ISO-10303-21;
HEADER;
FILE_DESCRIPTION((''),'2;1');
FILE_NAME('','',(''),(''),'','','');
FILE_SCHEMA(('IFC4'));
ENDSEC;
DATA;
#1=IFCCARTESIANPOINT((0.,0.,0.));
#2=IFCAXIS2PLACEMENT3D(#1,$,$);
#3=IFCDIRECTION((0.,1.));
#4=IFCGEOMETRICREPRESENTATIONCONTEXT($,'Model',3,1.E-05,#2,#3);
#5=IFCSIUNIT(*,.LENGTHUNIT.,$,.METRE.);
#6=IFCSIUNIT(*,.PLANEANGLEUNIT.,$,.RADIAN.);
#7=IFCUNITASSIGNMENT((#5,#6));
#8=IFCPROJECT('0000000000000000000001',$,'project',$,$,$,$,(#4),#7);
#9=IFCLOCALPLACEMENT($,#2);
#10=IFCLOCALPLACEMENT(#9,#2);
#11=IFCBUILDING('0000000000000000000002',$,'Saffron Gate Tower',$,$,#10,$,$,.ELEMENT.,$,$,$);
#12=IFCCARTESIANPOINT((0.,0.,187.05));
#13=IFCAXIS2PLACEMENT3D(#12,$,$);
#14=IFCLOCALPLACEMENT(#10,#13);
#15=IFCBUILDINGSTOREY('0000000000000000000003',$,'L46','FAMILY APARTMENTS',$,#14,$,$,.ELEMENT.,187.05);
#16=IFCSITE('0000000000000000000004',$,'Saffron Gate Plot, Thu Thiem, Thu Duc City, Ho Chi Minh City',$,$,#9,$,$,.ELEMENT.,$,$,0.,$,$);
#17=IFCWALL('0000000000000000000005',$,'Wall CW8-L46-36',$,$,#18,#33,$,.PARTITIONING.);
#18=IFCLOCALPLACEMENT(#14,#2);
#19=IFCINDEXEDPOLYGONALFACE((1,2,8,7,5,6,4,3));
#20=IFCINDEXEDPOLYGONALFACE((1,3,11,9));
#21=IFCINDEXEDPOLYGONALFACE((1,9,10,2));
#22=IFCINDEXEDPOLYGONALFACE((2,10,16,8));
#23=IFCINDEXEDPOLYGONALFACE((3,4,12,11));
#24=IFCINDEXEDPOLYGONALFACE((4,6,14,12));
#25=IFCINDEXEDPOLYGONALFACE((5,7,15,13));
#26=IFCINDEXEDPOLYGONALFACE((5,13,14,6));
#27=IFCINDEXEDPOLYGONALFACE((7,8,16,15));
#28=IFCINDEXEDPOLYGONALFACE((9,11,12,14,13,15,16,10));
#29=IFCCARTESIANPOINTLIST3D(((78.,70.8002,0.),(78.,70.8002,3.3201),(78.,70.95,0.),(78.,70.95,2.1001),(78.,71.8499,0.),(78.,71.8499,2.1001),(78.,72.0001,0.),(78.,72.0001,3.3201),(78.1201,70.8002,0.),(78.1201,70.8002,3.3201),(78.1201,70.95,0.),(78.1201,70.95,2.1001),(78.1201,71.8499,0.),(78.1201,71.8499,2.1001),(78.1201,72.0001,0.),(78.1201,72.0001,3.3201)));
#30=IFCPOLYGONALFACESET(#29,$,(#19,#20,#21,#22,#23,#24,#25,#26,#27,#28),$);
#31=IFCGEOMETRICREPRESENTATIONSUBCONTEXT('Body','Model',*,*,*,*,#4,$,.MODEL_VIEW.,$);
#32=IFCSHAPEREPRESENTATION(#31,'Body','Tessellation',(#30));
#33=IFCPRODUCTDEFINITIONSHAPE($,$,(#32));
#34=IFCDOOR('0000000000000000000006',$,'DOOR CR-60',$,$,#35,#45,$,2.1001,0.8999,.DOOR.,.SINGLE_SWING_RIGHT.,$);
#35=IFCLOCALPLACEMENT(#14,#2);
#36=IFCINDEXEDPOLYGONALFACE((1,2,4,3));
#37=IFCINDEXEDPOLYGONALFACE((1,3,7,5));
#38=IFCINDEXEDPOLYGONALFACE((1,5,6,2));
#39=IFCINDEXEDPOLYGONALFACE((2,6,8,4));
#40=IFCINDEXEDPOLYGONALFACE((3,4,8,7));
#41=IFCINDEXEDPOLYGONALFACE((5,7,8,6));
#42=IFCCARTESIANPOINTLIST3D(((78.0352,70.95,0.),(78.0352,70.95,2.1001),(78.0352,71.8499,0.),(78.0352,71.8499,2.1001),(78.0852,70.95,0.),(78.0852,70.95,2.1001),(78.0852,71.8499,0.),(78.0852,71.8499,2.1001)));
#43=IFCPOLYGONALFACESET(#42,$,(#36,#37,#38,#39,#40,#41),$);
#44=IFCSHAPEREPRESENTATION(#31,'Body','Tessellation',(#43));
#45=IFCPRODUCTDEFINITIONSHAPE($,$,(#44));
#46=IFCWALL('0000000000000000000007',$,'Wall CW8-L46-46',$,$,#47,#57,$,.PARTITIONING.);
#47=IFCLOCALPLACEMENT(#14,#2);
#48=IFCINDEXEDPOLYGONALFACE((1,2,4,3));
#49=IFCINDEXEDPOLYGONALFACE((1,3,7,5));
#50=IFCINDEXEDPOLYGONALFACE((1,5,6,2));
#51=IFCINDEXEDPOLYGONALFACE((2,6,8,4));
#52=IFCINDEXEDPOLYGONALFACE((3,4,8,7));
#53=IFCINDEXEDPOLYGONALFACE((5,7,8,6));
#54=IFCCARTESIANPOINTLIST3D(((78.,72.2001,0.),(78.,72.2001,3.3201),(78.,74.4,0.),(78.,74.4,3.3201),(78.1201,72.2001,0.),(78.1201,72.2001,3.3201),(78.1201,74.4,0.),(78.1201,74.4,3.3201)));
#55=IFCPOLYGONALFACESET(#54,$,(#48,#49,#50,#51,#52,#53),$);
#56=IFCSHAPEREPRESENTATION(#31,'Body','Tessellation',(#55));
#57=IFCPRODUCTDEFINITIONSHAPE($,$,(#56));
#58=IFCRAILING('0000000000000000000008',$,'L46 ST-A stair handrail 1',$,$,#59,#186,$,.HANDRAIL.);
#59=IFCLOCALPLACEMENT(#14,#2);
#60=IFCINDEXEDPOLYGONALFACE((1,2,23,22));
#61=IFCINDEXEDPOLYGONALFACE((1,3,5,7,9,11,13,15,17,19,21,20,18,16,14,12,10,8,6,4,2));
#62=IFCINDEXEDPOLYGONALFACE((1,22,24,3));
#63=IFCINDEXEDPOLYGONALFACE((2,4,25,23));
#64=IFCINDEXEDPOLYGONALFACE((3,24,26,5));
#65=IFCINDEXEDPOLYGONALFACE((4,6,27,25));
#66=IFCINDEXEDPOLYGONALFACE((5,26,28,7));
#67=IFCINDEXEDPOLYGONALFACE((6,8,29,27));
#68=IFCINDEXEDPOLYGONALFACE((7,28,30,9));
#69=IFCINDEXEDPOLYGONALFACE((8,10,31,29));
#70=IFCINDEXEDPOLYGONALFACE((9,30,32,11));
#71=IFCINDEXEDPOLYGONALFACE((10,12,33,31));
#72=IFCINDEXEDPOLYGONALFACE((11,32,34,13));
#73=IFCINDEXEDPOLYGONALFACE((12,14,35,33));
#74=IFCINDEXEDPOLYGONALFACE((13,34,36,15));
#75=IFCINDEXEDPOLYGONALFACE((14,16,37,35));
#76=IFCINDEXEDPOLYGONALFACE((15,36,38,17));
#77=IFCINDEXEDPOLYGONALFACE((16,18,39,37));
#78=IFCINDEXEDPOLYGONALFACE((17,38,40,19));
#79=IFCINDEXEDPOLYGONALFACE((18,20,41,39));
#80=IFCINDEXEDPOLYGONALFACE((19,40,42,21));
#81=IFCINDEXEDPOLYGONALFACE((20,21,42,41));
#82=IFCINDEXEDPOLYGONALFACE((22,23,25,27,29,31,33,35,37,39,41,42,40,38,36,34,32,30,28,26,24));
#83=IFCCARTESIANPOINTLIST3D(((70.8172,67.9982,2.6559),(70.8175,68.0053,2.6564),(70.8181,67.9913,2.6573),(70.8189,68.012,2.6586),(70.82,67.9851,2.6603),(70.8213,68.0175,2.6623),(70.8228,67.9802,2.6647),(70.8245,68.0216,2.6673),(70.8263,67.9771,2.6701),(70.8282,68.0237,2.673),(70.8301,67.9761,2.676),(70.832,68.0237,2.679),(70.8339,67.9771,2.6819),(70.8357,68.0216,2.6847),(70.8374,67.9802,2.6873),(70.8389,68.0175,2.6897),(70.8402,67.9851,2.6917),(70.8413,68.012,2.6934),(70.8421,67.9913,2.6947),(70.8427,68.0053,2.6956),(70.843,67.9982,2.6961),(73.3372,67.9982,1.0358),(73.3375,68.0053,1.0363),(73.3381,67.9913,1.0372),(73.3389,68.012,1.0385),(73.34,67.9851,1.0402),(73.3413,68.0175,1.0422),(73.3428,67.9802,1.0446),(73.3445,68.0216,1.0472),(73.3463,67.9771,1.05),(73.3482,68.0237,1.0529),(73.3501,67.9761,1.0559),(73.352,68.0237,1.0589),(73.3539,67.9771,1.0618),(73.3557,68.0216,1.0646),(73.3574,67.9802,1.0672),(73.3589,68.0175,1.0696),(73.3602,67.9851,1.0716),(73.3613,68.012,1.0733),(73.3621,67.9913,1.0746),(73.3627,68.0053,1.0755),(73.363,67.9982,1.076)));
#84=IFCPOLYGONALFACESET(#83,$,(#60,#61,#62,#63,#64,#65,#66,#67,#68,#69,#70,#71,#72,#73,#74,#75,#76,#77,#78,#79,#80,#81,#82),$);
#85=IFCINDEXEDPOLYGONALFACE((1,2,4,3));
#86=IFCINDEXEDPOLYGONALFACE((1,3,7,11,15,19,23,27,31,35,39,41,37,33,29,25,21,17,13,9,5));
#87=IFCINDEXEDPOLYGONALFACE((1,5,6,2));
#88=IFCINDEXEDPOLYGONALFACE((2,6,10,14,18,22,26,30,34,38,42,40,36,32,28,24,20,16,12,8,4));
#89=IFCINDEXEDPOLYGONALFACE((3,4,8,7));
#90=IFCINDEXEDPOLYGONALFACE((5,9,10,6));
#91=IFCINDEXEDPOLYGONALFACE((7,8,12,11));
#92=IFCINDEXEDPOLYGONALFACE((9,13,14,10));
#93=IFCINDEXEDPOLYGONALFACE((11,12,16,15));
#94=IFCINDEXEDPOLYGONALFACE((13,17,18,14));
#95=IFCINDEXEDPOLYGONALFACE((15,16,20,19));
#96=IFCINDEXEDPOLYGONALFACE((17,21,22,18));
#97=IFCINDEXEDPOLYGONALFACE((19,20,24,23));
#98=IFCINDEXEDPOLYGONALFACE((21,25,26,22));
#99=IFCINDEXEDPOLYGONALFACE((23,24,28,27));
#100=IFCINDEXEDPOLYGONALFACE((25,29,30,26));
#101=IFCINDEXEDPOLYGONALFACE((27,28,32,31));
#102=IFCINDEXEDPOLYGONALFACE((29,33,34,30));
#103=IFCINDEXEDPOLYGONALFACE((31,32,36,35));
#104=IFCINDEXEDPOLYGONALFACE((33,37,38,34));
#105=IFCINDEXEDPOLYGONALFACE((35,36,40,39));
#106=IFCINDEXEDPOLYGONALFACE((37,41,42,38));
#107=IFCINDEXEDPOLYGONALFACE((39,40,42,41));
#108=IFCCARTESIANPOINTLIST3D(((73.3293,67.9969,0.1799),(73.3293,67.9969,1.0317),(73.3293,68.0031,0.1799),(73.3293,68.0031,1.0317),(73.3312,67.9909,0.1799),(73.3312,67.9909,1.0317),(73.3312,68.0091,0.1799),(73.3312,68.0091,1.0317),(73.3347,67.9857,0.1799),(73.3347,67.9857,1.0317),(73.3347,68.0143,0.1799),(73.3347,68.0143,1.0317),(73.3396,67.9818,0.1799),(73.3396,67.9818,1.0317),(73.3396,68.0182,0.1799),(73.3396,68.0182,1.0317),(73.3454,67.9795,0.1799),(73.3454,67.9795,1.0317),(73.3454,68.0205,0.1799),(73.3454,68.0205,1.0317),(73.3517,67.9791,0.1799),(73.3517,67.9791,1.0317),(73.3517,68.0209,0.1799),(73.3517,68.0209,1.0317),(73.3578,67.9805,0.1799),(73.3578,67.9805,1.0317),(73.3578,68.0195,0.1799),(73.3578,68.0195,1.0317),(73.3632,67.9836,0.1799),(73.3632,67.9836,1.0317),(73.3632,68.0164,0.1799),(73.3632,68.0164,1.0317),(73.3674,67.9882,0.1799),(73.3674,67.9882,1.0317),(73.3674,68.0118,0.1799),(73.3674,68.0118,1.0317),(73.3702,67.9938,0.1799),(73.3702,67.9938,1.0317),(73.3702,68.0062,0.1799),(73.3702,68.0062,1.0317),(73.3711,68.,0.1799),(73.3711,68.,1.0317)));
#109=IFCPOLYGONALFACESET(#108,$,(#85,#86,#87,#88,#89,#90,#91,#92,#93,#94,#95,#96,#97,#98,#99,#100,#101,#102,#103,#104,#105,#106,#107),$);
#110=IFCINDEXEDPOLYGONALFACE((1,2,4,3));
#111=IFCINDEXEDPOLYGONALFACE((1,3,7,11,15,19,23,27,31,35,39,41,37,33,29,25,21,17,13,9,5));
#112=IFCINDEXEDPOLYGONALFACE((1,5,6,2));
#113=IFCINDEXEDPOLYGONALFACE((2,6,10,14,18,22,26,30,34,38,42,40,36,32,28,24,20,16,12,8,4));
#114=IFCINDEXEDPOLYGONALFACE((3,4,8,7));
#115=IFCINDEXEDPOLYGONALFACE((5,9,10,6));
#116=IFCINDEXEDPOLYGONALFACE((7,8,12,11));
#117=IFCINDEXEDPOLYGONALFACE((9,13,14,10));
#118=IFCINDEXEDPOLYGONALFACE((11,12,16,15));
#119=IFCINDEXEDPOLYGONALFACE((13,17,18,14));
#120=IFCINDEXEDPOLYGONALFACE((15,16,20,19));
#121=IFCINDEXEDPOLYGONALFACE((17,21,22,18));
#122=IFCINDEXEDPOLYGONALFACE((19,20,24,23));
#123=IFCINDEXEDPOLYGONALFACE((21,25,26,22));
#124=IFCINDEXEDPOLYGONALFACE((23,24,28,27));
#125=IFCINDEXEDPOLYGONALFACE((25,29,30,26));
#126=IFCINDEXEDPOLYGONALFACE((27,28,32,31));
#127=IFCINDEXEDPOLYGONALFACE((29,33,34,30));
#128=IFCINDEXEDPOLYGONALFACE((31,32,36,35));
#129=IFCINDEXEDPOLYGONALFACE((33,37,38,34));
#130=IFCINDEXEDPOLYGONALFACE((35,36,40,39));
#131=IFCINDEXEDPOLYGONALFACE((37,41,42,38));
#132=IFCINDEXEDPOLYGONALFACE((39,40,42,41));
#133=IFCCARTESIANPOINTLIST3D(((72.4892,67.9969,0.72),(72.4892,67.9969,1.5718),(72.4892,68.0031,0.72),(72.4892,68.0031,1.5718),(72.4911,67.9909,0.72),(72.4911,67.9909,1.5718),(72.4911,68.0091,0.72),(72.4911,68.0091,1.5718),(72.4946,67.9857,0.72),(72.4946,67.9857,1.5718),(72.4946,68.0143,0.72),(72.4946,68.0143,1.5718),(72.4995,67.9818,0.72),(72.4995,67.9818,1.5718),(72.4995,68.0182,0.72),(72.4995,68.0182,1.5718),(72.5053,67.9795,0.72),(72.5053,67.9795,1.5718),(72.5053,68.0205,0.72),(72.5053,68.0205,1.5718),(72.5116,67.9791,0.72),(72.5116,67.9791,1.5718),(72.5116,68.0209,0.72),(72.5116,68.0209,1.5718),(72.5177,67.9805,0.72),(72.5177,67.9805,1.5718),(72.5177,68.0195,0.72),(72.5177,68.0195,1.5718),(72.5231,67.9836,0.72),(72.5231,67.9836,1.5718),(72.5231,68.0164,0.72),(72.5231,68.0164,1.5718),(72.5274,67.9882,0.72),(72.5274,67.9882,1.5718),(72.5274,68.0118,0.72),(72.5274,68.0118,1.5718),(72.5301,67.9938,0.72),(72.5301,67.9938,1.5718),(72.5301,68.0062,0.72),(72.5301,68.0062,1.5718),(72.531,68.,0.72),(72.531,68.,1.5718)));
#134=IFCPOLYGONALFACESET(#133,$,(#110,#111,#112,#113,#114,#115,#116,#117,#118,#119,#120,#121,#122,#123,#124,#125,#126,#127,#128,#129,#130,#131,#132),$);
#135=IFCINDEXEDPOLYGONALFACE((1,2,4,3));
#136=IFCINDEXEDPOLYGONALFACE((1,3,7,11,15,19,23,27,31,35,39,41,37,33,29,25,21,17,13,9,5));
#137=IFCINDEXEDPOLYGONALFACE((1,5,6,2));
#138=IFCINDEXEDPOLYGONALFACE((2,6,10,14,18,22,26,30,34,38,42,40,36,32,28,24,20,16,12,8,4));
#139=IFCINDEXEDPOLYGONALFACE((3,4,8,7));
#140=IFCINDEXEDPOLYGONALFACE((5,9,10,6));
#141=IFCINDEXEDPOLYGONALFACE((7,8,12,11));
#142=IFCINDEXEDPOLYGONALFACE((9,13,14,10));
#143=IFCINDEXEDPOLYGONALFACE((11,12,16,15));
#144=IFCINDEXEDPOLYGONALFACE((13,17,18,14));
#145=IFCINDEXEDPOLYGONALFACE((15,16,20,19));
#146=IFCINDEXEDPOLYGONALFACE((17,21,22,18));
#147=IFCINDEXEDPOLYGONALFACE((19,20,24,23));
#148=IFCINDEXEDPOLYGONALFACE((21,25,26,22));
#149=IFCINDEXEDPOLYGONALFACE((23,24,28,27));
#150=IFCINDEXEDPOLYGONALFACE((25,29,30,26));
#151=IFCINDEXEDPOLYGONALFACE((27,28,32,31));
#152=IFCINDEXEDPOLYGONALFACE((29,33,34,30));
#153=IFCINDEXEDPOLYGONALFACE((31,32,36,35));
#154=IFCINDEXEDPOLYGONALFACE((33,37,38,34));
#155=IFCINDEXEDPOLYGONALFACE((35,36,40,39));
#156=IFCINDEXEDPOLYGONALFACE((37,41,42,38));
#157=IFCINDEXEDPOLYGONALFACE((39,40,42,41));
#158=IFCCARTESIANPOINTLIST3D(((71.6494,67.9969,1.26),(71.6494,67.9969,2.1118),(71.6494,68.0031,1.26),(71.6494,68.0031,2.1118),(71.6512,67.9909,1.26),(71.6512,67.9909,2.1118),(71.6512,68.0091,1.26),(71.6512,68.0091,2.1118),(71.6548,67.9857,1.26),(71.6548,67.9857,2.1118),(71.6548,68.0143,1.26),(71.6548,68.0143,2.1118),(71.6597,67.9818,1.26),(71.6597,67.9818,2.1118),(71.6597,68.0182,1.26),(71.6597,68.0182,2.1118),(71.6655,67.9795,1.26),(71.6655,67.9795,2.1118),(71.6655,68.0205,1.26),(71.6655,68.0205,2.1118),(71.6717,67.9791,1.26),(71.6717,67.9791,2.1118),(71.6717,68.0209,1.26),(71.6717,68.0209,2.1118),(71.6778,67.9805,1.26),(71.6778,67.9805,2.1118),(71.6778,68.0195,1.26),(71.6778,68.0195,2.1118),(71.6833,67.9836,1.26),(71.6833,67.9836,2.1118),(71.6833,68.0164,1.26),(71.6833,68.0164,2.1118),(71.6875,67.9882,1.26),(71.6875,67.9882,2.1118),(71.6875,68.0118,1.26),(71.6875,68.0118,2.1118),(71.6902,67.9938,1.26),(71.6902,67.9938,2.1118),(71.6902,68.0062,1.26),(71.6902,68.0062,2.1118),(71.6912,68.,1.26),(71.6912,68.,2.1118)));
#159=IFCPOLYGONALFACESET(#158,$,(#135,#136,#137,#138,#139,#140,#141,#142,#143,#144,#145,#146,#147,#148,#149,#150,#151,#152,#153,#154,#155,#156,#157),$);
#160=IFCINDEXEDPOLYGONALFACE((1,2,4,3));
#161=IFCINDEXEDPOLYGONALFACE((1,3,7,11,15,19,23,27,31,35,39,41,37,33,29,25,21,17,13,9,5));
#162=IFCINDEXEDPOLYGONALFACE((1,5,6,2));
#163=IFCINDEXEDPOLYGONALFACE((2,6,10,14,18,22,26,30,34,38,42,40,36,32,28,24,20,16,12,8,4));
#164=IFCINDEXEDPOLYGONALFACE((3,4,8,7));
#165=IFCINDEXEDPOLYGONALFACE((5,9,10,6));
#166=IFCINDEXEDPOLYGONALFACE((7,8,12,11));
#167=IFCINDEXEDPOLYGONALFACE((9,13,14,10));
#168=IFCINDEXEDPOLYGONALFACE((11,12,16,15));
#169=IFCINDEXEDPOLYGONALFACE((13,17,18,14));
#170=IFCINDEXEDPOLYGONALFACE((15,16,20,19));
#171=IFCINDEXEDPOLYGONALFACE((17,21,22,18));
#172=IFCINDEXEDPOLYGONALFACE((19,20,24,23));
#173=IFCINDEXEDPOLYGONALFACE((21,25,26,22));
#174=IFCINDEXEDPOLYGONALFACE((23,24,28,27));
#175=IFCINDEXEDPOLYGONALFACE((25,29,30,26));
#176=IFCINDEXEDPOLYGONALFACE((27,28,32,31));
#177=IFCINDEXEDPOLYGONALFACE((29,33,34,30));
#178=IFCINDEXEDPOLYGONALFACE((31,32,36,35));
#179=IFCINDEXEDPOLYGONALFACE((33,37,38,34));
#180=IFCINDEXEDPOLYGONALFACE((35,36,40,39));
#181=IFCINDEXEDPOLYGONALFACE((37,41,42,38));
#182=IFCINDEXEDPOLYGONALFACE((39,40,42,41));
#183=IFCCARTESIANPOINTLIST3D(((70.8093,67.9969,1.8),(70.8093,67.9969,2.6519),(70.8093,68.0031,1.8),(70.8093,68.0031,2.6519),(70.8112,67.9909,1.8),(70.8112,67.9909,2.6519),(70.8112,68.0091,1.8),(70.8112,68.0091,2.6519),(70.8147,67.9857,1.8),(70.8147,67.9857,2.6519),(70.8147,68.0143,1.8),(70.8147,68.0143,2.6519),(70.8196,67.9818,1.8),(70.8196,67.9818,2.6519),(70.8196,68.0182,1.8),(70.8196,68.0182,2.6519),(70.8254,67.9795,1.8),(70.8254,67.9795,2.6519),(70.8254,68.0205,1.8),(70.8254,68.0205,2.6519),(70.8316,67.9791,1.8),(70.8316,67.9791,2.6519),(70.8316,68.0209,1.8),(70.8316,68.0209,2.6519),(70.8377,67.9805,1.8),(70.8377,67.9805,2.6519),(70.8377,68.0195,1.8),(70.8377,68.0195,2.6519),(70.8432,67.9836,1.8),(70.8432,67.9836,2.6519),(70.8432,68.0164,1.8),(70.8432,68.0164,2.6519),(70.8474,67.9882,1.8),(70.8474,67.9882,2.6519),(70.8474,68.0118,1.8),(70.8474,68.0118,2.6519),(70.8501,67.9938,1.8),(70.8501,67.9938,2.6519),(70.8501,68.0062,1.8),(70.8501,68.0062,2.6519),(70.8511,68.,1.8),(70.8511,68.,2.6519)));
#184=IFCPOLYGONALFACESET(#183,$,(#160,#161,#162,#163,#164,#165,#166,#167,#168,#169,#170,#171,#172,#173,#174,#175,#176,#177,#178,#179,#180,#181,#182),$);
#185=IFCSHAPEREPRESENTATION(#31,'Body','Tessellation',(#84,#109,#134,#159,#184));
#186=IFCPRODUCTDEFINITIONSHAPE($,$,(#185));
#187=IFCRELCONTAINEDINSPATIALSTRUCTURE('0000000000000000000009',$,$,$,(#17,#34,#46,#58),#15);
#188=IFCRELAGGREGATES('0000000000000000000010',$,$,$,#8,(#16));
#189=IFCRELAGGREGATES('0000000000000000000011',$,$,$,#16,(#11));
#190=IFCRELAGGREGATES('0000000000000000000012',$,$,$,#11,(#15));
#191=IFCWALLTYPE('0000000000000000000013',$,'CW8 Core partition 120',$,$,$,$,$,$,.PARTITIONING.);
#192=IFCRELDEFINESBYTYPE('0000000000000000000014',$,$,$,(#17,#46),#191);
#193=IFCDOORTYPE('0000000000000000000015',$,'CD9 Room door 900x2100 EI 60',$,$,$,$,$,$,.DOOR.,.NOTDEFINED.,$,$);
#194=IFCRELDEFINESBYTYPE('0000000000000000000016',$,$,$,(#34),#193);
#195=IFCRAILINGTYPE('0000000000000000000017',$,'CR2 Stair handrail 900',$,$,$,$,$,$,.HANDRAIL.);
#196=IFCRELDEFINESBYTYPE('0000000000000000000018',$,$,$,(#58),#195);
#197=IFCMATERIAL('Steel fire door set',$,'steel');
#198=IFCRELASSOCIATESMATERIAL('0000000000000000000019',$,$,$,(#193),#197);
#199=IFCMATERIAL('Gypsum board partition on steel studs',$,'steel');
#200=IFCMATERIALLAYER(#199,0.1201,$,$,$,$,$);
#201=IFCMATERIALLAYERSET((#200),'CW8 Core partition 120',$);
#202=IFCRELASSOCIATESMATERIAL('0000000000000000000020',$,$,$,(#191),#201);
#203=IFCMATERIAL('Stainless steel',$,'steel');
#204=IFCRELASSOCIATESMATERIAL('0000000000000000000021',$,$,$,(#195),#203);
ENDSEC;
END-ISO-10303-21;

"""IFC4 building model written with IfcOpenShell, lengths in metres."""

from ifc_helpers import new_model, si_unit, direction, frame, frame_2d, origin, origin_2d, place, context, subcontext, project, spatial, rectangle, circle, extrude, material, layer, layer_set, type_object, element, fill, save


model = new_model("IFC4")

# Units and contexts
model_context = context("Model", 3, precision=1e-05, world=origin(), true_north=direction((0.0, 1.0)))
body_context = subcontext(model_context, "Body", "Model", "MODEL_VIEW")
ifc_project = project(units=[si_unit("LENGTHUNIT", "METRE"), si_unit("PLANEANGLEUNIT", "RADIAN")], contexts=[model_context])

# Site, building, storey
site_placement = place(None, origin())
site = spatial("IfcSite", under=ifc_project, at=site_placement, Name="Saffron Gate Plot, Thu Thiem, Thu Duc City, Ho Chi Minh City", CompositionType="ELEMENT", RefElevation=0.0)
building_placement = place(site_placement, origin())
building = spatial("IfcBuilding", under=site, at=building_placement, Name="Saffron Gate Tower", CompositionType="ELEMENT")
storey_placement = place(building_placement, frame((0.0, 0.0, 187.05)))
storey = spatial("IfcBuildingStorey", under=building, at=storey_placement, Name="L46", Description="FAMILY APARTMENTS", CompositionType="ELEMENT", Elevation=187.05)

# Shared definitions
ifc_material_1 = material(Name="Steel fire door set", Category="steel")
door_type_1 = type_object("IfcDoorType", Name="CD9 Room door 900x2100 EI 60", OperationType="NOTDEFINED", PredefinedType="DOOR", material=ifc_material_1)

# Shared definitions
ifc_material_2 = material(Name="Gypsum board partition on steel studs", Category="steel")
ifc_layer_1 = layer(ifc_material_2, 0.1201)
ifc_layer_set_1 = layer_set([ifc_layer_1], Name="CW8 Core partition 120")
wall_type_1 = type_object("IfcWallType", Name="CW8 Core partition 120", PredefinedType="PARTITIONING", material=ifc_layer_set_1)

# Wall, opening, door
wall_1_placement = place(storey_placement, frame((78.0601, 70.8, 0.0), z_axis=(0.0, 0.0, 1.0), x_axis=(0.0, 1.0, 0.0)))
wall_1 = element("IfcWall", 1, at=wall_1_placement, inside=storey, type_object=wall_type_1, Name="Wall CW8-L46-36", PredefinedType="PARTITIONING", context=body_context, shape_type="SweptSolid", body=[
    extrude(rectangle(XDim=1.2, YDim=0.1201, at=frame_2d((0.6001, 0.0))), origin(), (0.0, 0.0, 1.0), 3.3201),
])
opening_1_placement = place(wall_1_placement, frame((0.1499, 0.0, 0.0)))
opening_1 = element("IfcOpeningElement", 2, at=opening_1_placement, cuts=wall_1, PredefinedType="OPENING", context=body_context, shape_type="SweptSolid", body=[
    extrude(rectangle(XDim=0.8999, YDim=2.1001, at=frame_2d((0.45, 1.05))), frame((0.0, 0.0701, 0.0), z_axis=(0.0, -1.0, 0.0), x_axis=(1.0, 0.0, 0.0)), (0.0, 0.0, 1.0), 0.1401),
])
door_1_placement = place(opening_1_placement, origin())
door_1 = element("IfcDoor", 3, at=door_1_placement, inside=storey, type_object=door_type_1, Name="DOOR CR-60", OperationType="SINGLE_SWING_RIGHT", OverallHeight=2.1001, OverallWidth=0.8999, PredefinedType="DOOR", context=body_context, shape_type="SweptSolid", body=[
    extrude(rectangle(XDim=0.8999, YDim=2.1001, at=frame_2d((0.45, 1.05))), frame((0.0, 0.0249, 0.0), z_axis=(0.0, -1.0, 0.0), x_axis=(1.0, 0.0, 0.0)), (0.0, 0.0, 1.0), 0.05),
])
fill(opening_1, door_1)

# Wall
wall_2_placement = place(storey_placement, frame((78.0601, 72.2, 0.0), z_axis=(0.0, 0.0, 1.0), x_axis=(0.0, 1.0, 0.0)))
element("IfcWall", 4, at=wall_2_placement, inside=storey, type_object=wall_type_1, Name="Wall CW8-L46-46", PredefinedType="PARTITIONING", context=body_context, shape_type="SweptSolid", body=[
    extrude(rectangle(XDim=2.2, YDim=0.1201, at=frame_2d((1.1001, 0.0))), origin(), (0.0, 0.0, 1.0), 3.3201),
])

# Railing
ifc_material_3 = material(Name="Stainless steel", Category="steel")
railing_type = type_object("IfcRailingType", Name="CR2 Stair handrail 900", PredefinedType="HANDRAIL", material=ifc_material_3)
railing_placement = place(storey_placement, frame((73.3501, 68.0, 0.1799)))
element("IfcRailing", 5, at=railing_placement, inside=storey, type_object=railing_type, Name="L46 ST-A stair handrail 1", PredefinedType="HANDRAIL", context=body_context, shape_type="SweptSolid", body=[
    extrude(circle(Radius=0.0239, at=origin_2d()), frame((0.0, 0.0, 0.876), z_axis=(-0.841163, 0.0, 0.540782), x_axis=(0.0, -1.0, 0.0)), (0.0, 0.0, 1.0), 2.9958),
    extrude(circle(Radius=0.021, at=origin_2d()), origin(), (0.0, 0.0, 1.0), 0.8518),
    extrude(circle(Radius=0.021, at=origin_2d()), frame((-0.8401, 0.0, 0.54)), (0.0, 0.0, 1.0), 0.8518),
    extrude(circle(Radius=0.021, at=origin_2d()), frame((-1.6799, 0.0, 1.0801)), (0.0, 0.0, 1.0), 0.8518),
    extrude(circle(Radius=0.021, at=origin_2d()), frame((-2.52, 0.0, 1.6201)), (0.0, 0.0, 1.0), 0.8518),
])

save(model, "model.ifc")
